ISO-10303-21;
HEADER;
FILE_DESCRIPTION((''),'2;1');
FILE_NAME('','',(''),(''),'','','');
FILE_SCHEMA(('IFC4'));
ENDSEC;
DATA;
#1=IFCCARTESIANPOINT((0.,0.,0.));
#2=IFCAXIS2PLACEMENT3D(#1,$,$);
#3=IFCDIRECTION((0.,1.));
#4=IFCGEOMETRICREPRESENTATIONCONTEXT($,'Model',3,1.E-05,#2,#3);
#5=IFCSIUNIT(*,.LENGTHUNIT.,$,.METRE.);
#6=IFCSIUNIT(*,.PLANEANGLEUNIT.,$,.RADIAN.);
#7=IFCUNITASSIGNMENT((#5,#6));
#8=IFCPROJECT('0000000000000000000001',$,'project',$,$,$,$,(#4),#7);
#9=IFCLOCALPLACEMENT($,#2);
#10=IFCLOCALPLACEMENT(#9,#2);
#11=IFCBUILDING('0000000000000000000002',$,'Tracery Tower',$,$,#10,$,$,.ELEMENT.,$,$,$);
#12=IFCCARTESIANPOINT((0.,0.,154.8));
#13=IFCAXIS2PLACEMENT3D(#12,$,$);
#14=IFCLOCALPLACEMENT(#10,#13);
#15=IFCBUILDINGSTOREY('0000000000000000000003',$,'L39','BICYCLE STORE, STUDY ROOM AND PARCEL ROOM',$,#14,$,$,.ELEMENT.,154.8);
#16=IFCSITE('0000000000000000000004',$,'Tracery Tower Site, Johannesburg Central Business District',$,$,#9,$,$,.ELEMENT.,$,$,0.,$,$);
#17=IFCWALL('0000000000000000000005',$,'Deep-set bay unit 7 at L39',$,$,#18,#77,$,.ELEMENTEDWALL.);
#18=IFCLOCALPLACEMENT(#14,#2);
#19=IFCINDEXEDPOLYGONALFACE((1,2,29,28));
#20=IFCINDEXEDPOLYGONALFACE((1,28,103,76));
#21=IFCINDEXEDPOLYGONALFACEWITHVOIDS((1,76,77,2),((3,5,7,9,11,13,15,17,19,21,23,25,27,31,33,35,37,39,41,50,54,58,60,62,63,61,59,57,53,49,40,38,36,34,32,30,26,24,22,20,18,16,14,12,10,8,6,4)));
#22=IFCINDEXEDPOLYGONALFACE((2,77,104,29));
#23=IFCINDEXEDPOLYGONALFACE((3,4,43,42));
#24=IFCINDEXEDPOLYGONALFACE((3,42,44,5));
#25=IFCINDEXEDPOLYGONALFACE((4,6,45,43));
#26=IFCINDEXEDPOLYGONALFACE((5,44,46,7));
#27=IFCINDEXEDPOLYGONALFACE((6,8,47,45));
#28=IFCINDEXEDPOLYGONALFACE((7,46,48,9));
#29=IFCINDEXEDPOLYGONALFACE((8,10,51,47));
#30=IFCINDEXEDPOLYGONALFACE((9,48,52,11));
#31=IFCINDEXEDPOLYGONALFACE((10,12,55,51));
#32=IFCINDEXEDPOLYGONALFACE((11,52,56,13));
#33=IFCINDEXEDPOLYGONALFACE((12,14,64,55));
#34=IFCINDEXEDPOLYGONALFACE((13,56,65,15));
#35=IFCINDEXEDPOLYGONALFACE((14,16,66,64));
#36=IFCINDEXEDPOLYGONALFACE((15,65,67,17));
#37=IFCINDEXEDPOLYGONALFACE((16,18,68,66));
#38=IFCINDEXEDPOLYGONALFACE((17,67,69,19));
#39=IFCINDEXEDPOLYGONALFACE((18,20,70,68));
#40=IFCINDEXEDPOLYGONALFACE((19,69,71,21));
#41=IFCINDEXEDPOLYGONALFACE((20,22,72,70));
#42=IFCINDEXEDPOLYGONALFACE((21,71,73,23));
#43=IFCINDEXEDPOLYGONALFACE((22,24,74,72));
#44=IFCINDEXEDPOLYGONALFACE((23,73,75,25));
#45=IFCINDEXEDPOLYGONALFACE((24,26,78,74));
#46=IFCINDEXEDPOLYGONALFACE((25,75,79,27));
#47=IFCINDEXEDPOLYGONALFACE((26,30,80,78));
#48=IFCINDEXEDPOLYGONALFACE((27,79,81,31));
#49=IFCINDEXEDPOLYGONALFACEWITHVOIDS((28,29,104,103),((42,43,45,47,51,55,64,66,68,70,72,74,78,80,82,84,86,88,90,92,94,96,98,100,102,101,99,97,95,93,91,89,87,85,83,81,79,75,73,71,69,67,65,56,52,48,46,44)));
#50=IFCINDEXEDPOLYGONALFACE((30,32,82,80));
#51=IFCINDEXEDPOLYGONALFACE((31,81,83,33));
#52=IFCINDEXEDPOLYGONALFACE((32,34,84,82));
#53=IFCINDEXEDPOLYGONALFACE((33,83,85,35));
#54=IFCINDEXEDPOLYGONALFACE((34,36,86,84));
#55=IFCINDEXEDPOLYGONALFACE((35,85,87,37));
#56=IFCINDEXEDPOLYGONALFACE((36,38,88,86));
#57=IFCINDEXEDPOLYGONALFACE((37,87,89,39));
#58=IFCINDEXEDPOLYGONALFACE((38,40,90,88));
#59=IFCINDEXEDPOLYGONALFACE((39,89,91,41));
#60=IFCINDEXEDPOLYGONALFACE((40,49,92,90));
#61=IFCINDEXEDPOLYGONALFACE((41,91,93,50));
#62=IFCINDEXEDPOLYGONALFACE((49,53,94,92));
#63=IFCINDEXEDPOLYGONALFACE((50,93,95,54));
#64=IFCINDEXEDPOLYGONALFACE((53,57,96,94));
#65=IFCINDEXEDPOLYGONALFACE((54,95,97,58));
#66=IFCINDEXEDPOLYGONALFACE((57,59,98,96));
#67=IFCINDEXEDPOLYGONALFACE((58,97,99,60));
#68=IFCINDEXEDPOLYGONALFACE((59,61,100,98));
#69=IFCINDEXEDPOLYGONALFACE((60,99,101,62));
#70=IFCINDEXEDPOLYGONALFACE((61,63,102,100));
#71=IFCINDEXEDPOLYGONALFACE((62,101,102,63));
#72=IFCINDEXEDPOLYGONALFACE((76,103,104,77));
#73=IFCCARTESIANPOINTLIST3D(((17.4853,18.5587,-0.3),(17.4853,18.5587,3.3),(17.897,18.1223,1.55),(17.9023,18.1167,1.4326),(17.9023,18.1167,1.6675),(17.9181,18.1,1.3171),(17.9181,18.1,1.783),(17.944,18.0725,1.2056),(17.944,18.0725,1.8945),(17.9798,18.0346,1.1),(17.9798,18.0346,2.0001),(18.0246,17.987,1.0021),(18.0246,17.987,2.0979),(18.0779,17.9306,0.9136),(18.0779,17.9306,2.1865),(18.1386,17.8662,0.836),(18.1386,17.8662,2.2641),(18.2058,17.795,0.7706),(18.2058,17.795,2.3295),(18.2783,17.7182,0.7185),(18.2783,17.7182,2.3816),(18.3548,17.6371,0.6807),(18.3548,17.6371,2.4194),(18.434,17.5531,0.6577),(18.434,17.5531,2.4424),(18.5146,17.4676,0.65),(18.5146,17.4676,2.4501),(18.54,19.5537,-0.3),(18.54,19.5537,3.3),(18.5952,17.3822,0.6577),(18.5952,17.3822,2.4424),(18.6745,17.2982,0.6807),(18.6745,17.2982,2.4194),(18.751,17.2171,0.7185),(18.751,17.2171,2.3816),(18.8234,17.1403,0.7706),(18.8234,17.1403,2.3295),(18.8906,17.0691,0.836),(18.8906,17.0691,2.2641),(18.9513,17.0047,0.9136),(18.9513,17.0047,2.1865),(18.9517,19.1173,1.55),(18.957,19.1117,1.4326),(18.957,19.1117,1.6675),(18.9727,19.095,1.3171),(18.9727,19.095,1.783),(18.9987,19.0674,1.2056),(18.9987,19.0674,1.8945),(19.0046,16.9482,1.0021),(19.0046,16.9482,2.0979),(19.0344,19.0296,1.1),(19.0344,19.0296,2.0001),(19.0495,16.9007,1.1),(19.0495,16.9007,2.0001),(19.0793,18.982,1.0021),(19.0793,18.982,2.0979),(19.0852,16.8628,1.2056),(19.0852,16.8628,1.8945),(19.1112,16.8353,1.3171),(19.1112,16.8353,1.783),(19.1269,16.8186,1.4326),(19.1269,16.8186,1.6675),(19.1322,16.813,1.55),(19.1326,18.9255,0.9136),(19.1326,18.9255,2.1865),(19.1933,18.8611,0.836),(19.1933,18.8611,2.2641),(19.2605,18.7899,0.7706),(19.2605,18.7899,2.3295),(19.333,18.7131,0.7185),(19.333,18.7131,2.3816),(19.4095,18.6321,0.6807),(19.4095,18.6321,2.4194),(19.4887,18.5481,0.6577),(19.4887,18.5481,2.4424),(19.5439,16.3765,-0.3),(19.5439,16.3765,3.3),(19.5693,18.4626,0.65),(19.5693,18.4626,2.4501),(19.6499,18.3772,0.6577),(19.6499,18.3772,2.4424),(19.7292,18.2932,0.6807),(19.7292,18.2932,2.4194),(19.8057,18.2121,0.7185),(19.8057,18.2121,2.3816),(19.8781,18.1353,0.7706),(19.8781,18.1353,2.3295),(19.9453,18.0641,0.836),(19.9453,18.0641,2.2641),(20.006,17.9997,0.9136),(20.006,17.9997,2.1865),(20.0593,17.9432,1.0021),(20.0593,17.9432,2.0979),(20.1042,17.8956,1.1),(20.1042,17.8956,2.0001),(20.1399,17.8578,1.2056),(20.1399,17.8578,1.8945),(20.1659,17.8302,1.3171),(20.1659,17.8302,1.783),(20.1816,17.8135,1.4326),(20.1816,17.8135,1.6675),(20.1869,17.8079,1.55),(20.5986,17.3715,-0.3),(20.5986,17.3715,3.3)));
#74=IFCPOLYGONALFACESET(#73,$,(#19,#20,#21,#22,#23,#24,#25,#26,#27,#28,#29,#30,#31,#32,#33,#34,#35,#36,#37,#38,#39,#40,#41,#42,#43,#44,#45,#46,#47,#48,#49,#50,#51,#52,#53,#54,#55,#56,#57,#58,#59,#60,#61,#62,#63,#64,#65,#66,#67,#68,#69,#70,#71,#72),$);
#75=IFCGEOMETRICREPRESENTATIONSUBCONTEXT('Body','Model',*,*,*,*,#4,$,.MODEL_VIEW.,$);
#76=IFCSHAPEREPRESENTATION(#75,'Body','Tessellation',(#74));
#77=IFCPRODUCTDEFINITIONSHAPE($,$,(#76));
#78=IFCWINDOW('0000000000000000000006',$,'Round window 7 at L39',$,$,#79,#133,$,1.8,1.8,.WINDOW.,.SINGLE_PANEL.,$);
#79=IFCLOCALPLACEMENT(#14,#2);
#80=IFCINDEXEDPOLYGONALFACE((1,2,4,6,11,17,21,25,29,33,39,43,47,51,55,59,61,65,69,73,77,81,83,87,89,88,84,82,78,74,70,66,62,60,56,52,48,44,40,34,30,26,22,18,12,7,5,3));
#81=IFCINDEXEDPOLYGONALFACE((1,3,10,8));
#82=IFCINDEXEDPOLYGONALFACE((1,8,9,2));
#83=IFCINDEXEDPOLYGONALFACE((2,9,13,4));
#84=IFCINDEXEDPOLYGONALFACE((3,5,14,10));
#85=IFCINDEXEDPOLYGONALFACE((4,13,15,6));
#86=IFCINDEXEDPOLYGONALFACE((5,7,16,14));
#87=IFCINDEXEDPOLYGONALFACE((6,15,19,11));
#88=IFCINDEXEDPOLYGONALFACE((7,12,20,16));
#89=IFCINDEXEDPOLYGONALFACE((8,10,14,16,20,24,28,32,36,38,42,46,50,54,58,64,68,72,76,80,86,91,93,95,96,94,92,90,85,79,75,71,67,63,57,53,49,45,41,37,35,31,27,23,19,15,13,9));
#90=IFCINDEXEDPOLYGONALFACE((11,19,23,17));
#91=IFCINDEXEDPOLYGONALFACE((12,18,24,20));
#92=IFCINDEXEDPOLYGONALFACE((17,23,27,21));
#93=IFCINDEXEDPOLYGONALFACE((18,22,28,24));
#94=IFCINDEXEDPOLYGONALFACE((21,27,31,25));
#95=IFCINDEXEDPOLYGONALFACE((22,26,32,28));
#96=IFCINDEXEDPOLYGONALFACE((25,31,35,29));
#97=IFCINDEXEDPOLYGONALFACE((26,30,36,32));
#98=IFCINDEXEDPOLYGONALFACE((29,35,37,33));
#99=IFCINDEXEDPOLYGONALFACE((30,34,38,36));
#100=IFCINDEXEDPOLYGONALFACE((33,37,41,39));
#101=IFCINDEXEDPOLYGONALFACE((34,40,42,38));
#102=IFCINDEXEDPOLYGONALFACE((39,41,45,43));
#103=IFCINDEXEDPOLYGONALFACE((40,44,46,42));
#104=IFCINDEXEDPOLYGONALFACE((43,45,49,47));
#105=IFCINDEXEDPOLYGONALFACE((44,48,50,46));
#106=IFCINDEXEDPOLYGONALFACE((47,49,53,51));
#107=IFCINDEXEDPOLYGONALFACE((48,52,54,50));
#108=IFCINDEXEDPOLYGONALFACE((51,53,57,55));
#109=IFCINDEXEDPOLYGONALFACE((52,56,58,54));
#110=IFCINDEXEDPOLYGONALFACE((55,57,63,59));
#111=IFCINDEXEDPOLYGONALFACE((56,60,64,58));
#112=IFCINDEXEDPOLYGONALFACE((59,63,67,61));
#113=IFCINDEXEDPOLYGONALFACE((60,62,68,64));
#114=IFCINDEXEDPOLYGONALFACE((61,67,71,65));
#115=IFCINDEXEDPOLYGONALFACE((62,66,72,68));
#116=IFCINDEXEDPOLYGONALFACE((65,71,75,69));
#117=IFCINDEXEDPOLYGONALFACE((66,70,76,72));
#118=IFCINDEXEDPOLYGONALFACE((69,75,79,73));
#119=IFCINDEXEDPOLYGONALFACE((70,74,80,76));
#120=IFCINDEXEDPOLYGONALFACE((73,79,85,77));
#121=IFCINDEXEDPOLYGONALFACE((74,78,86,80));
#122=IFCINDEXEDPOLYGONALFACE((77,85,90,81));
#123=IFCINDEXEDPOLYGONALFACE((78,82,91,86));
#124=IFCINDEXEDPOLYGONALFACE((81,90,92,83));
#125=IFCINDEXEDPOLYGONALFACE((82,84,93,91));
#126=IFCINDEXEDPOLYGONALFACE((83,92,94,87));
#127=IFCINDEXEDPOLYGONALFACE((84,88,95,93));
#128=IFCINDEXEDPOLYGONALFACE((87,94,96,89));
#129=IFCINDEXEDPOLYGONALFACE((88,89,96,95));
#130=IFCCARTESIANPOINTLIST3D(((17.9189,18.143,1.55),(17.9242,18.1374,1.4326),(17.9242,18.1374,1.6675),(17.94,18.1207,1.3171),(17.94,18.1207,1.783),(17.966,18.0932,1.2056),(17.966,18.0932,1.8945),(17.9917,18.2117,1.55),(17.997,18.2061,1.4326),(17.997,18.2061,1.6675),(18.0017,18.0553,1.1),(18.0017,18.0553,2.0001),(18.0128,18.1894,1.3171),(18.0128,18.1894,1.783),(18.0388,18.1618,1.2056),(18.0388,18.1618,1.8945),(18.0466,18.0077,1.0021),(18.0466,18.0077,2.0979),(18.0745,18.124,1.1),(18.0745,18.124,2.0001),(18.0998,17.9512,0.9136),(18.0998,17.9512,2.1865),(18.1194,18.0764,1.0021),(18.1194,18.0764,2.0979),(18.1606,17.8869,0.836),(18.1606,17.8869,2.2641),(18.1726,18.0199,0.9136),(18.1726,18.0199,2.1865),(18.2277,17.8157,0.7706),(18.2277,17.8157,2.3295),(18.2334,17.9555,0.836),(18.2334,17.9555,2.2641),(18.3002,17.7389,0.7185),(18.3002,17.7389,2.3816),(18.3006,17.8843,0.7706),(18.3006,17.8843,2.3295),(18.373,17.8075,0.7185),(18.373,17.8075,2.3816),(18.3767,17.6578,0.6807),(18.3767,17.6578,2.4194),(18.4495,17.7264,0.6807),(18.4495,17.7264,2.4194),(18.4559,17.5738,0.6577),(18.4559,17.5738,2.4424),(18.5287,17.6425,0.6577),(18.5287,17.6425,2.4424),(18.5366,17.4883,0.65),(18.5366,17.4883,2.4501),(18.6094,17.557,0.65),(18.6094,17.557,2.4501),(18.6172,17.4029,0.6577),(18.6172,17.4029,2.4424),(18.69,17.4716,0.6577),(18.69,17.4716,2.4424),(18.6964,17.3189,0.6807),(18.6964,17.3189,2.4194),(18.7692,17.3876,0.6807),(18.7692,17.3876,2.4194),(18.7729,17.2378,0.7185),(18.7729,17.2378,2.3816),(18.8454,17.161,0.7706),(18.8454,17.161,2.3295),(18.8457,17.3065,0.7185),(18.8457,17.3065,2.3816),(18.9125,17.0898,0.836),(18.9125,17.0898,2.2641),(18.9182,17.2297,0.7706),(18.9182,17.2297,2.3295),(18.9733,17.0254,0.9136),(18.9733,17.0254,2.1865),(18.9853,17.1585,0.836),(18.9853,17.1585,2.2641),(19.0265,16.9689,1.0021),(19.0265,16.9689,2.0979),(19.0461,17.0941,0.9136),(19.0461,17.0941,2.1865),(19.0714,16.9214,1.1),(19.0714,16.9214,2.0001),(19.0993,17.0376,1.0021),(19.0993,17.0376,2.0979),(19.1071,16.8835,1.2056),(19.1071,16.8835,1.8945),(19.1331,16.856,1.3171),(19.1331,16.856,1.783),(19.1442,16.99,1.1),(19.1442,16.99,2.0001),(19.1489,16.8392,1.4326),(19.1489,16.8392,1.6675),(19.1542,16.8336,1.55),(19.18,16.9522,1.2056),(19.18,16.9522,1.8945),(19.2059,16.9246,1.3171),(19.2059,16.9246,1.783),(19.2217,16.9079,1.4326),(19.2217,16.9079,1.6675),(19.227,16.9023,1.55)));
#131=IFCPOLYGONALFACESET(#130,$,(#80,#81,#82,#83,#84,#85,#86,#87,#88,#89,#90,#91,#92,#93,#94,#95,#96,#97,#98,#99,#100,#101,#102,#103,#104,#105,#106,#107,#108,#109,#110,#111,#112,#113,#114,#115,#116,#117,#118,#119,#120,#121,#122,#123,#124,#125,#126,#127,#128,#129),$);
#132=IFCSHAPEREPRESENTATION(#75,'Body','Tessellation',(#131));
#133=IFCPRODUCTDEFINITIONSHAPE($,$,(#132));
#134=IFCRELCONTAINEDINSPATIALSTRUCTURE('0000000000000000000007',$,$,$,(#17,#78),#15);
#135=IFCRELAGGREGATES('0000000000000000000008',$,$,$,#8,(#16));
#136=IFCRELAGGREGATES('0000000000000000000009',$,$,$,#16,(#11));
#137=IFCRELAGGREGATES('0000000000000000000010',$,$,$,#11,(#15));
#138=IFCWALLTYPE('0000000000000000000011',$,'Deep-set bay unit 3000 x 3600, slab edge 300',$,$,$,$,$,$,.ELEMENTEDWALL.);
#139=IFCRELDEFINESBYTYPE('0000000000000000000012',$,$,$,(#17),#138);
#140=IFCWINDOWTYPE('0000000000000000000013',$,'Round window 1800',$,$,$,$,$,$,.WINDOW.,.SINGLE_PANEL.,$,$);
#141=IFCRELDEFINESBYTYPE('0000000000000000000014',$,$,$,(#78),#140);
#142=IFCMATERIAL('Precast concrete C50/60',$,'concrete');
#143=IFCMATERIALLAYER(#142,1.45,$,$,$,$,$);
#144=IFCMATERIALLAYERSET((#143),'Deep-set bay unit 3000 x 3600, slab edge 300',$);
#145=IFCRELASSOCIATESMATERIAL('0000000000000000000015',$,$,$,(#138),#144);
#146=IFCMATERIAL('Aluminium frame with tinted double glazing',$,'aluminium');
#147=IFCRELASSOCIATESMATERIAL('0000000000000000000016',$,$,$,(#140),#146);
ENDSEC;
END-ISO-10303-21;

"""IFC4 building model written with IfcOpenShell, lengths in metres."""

from ifc_helpers import new_model, si_unit, direction, frame, frame_2d, origin, origin_2d, place, context, subcontext, project, spatial, rectangle, circle, extrude, material, layer, layer_set, type_object, element, fill, save


model = new_model("IFC4")

# Units and contexts
model_context = context("Model", 3, precision=1e-05, world=origin(), true_north=direction((0.0, 1.0)))
body_context = subcontext(model_context, "Body", "Model", "MODEL_VIEW")
ifc_project = project(units=[si_unit("LENGTHUNIT", "METRE"), si_unit("PLANEANGLEUNIT", "RADIAN")], contexts=[model_context])

# Site, building, storey
site_placement = place(None, origin())
site = spatial("IfcSite", under=ifc_project, at=site_placement, Name="Tracery Tower Site, Johannesburg Central Business District", CompositionType="ELEMENT", RefElevation=0.0)
building_placement = place(site_placement, origin())
building = spatial("IfcBuilding", under=site, at=building_placement, Name="Tracery Tower", CompositionType="ELEMENT")
storey_placement = place(building_placement, frame((0.0, 0.0, 154.8)))
storey = spatial("IfcBuildingStorey", under=building, at=storey_placement, Name="L39", Description="BICYCLE STORE, STUDY ROOM AND PARCEL ROOM", CompositionType="ELEMENT", Elevation=154.8)

# Wall, opening, window
ifc_material_1 = material(Name="Precast concrete C50/60", Category="concrete")
ifc_layer_1 = layer(ifc_material_1, 1.45)
ifc_layer_set_1 = layer_set([ifc_layer_1], Name="Deep-set bay unit 3000 x 3600, slab edge 300")
wall_type_1 = type_object("IfcWallType", Name="Deep-set bay unit 3000 x 3600, slab edge 300", PredefinedType="ELEMENTEDWALL", material=ifc_layer_set_1)
wall_1_placement = place(storey_placement, frame((20.0713, 16.874, -0.3), z_axis=(0.0, 0.0, 1.0), x_axis=(-0.686217, 0.727397, 0.0)))
wall_1 = element("IfcWall", 1, at=wall_1_placement, inside=storey, type_object=wall_type_1, Name="Deep-set bay unit 7 at L39", PredefinedType="ELEMENTEDWALL", context=body_context, shape_type="SweptSolid", body=[
    extrude(rectangle(XDim=3.0, YDim=1.45, at=frame_2d((1.5, 0.0))), origin(), (0.0, 0.0, 1.0), 3.6001),
])
opening_1_placement = place(wall_1_placement, frame((1.5, 0.0, 1.8501)))
opening_1 = element("IfcOpeningElement", 2, at=opening_1_placement, cuts=wall_1, PredefinedType="OPENING", context=body_context, shape_type="SweptSolid", body=[
    extrude(circle(Radius=0.9, at=origin_2d()), frame((0.0, 0.7349, 0.0), z_axis=(0.0, -1.0, 0.0), x_axis=(1.0, 0.0, 0.0)), (0.0, 0.0, 1.0), 1.47),
])
ifc_material_2 = material(Name="Aluminium frame with tinted double glazing", Category="aluminium")
window_type = type_object("IfcWindowType", Name="Round window 1800", PartitioningType="SINGLE_PANEL", PredefinedType="WINDOW", material=ifc_material_2)
window_1_placement = place(opening_1_placement, origin())
window_1 = element("IfcWindow", 3, at=window_1_placement, inside=storey, type_object=window_type, Name="Round window 7 at L39", OverallHeight=1.8, OverallWidth=1.8, PartitioningType="SINGLE_PANEL", PredefinedType="WINDOW", context=body_context, shape_type="SweptSolid", body=[
    extrude(circle(Radius=0.9, at=origin_2d()), frame((0.0, 0.6948, 0.0), z_axis=(0.0, -1.0, 0.0), x_axis=(1.0, 0.0, 0.0)), (0.0, 0.0, 1.0), 0.1001),
])
fill(opening_1, window_1)

save(model, "model.ifc")
